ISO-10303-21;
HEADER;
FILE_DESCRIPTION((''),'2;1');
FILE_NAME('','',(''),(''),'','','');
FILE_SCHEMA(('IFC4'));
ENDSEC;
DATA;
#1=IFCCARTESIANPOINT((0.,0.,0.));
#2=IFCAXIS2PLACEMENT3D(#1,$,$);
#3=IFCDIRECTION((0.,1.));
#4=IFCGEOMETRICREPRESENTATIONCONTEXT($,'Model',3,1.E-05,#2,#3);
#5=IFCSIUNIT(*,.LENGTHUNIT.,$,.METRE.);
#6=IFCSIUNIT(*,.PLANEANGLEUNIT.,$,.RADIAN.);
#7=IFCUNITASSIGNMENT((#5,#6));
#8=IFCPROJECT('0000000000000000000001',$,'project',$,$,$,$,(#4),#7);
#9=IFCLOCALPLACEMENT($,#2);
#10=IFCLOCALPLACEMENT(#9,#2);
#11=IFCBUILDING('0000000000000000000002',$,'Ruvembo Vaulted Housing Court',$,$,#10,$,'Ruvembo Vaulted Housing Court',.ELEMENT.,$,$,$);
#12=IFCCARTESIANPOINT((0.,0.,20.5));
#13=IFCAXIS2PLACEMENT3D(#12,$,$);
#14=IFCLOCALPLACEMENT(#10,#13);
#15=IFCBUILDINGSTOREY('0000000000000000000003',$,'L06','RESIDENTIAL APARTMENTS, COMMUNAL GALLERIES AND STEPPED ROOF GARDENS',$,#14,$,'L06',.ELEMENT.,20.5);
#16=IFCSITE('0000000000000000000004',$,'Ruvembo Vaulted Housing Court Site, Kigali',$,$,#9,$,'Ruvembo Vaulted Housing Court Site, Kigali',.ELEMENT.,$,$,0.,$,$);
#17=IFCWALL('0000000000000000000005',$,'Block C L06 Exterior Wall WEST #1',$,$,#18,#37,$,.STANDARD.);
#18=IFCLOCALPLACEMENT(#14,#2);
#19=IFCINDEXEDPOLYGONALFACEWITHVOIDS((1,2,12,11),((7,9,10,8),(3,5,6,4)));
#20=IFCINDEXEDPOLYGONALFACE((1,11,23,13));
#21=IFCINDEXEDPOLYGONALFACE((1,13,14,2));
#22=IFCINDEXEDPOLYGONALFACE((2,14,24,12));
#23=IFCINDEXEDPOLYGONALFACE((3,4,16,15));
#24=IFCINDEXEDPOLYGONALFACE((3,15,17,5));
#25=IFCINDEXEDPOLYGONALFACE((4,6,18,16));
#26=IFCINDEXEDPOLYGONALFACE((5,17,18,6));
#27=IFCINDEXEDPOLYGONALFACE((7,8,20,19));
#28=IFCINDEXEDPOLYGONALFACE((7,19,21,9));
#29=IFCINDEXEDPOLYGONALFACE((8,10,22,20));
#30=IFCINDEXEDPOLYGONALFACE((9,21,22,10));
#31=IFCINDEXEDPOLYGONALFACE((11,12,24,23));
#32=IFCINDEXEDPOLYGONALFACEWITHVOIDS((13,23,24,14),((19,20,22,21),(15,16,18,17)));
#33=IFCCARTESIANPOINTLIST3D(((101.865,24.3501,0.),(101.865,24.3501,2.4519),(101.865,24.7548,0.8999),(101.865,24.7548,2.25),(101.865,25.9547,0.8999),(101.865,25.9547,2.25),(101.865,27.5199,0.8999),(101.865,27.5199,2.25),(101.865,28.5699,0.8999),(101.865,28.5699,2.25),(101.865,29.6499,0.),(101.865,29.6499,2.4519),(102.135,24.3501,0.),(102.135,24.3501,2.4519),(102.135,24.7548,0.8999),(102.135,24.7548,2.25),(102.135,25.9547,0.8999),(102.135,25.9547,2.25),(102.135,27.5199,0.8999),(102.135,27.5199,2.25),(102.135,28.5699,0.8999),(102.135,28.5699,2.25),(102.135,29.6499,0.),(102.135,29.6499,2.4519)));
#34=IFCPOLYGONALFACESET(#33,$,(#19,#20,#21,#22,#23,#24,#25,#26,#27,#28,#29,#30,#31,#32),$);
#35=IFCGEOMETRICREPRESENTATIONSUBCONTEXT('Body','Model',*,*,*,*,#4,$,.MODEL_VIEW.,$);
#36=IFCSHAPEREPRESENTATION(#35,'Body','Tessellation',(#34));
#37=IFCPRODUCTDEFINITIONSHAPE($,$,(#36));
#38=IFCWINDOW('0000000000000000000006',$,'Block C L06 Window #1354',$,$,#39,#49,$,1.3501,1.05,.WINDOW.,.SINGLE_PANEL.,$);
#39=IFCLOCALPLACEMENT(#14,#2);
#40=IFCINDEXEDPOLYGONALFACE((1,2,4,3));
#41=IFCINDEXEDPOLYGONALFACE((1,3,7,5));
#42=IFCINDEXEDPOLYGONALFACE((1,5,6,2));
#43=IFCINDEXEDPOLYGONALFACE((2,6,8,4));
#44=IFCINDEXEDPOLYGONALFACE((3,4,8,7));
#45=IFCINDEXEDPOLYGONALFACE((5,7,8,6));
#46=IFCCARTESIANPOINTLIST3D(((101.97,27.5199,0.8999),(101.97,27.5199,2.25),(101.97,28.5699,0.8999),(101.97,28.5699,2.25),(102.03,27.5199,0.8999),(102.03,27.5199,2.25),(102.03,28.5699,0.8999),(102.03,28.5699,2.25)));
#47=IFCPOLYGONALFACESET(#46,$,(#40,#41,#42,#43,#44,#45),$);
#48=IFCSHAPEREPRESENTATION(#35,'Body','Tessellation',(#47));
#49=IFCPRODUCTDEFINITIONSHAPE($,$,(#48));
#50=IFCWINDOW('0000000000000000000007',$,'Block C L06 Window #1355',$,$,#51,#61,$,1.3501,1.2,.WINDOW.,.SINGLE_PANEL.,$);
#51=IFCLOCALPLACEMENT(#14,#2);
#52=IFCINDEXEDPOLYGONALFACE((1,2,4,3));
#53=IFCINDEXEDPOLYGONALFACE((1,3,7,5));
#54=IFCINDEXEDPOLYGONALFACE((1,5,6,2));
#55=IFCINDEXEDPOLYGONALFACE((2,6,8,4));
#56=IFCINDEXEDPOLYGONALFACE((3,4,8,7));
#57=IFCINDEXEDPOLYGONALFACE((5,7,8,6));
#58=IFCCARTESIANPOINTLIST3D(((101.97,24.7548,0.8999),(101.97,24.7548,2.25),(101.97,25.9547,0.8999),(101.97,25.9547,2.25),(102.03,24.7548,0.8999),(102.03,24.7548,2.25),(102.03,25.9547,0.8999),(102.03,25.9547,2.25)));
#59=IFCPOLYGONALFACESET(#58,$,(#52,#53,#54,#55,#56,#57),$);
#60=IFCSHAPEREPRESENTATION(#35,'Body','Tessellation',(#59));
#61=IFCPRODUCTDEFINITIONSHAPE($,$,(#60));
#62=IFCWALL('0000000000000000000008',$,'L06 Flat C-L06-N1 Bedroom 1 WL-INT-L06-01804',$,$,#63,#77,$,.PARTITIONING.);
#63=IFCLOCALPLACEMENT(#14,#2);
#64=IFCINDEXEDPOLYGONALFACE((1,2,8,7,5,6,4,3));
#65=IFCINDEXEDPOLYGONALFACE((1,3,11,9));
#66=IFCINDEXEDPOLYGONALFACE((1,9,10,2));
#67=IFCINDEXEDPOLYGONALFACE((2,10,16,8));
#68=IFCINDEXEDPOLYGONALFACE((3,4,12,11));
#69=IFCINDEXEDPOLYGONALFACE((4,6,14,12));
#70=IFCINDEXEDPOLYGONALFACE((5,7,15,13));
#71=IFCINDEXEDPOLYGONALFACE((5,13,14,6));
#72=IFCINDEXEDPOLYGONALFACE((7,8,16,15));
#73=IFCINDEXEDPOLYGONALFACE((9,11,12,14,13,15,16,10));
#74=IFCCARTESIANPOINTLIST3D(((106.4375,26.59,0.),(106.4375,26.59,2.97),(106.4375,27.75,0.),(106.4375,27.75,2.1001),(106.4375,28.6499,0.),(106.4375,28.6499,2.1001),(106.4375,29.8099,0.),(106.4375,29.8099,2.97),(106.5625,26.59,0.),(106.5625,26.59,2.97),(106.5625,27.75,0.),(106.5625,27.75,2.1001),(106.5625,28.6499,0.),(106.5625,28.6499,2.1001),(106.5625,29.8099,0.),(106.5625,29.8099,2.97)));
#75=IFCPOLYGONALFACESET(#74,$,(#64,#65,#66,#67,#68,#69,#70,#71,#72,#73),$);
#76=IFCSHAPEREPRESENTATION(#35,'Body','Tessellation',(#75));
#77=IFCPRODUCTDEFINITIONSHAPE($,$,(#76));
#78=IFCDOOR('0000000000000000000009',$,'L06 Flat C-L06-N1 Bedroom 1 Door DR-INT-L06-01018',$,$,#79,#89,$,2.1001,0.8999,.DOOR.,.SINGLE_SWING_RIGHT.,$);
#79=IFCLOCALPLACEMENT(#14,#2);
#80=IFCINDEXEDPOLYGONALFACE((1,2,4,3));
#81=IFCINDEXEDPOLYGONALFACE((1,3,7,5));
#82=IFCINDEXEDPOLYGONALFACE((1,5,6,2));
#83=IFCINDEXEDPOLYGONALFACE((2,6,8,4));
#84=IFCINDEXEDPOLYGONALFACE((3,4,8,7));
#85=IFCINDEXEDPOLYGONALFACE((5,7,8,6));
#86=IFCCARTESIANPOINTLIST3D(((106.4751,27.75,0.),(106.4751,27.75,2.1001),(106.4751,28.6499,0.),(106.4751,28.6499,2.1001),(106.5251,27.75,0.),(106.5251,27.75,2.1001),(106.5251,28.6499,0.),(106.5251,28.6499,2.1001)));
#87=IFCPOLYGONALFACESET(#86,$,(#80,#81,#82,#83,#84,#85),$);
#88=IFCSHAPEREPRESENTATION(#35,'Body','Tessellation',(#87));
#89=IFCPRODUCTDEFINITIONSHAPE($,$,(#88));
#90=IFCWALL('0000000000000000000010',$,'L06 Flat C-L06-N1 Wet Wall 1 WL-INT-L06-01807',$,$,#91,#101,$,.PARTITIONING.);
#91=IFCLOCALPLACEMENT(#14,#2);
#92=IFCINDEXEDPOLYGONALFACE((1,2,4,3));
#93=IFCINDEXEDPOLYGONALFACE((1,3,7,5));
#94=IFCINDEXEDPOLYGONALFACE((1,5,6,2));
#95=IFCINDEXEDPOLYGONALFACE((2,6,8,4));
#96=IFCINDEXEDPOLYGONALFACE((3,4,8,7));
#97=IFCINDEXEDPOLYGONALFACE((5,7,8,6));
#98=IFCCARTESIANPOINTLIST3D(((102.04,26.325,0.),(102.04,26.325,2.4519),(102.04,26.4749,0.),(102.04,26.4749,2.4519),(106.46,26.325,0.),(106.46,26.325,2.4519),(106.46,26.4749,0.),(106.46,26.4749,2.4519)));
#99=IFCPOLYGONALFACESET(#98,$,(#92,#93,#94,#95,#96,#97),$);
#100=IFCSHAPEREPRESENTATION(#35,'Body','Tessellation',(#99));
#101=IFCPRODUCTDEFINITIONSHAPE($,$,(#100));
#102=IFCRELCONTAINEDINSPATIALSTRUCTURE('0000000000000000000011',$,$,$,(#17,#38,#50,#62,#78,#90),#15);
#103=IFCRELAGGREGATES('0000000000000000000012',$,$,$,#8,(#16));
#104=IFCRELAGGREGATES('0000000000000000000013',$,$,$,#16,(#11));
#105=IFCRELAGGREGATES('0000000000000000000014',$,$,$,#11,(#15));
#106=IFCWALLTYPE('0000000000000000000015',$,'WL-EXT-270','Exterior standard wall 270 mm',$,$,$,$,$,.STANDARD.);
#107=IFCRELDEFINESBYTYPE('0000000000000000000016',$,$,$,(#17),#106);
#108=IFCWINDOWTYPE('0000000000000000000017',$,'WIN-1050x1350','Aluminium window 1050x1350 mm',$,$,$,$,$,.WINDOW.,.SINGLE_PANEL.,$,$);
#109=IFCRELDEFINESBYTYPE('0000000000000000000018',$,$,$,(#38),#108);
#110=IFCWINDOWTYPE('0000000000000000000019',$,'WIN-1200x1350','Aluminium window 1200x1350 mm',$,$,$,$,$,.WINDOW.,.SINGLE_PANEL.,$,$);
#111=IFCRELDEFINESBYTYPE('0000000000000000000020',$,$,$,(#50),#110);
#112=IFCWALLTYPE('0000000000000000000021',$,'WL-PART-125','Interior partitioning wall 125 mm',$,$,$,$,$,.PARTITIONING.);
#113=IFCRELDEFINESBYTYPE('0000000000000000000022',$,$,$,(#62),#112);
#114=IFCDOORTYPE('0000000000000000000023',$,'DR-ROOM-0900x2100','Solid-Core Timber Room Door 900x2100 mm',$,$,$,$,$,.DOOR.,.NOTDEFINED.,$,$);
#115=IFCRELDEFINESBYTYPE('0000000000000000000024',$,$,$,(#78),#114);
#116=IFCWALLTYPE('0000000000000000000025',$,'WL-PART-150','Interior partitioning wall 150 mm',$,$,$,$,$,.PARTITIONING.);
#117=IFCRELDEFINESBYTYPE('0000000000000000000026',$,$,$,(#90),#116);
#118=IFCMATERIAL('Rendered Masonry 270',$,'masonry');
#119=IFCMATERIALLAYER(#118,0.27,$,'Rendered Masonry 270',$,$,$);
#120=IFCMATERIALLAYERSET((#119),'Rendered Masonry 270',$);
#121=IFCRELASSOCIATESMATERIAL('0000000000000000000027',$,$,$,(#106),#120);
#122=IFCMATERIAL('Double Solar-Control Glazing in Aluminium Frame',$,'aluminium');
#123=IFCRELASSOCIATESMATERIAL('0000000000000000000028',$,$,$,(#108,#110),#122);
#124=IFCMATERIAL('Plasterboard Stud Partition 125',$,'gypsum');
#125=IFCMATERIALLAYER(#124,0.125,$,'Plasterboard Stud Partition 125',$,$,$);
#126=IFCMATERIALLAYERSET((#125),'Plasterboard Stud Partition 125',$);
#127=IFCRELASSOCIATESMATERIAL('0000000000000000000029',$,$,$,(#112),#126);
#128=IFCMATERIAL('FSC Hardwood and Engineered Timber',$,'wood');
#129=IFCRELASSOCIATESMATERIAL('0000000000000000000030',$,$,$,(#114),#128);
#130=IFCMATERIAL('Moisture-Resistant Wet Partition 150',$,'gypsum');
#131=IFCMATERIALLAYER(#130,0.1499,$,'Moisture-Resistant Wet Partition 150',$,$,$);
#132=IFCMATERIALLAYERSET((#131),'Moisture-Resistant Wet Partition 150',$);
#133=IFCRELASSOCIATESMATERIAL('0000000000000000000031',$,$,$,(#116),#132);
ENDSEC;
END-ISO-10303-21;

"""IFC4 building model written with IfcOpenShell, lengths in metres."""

from ifc_helpers import new_model, si_unit, direction, frame, frame_2d, origin, place, context, subcontext, project, spatial, rectangle, extrude, material, layer, layer_set, type_object, element, fill, save


model = new_model("IFC4")

# Units and contexts
model_context = context("Model", 3, precision=1e-05, world=origin(), true_north=direction((0.0, 1.0)))
body_context = subcontext(model_context, "Body", "Model", "MODEL_VIEW")
ifc_project = project(units=[si_unit("LENGTHUNIT", "METRE"), si_unit("PLANEANGLEUNIT", "RADIAN")], contexts=[model_context])

# Site, building, storey
site_placement = place(None, origin())
site = spatial("IfcSite", under=ifc_project, at=site_placement, Name="Ruvembo Vaulted Housing Court Site, Kigali", LongName="Ruvembo Vaulted Housing Court Site, Kigali", CompositionType="ELEMENT", RefElevation=0.0)
building_placement = place(site_placement, origin())
building = spatial("IfcBuilding", under=site, at=building_placement, Name="Ruvembo Vaulted Housing Court", LongName="Ruvembo Vaulted Housing Court", CompositionType="ELEMENT")
storey_placement = place(building_placement, frame((0.0, 0.0, 20.5)))
storey = spatial("IfcBuildingStorey", under=building, at=storey_placement, Name="L06", Description="RESIDENTIAL APARTMENTS, COMMUNAL GALLERIES AND STEPPED ROOF GARDENS", LongName="L06", CompositionType="ELEMENT", Elevation=20.5)

# Wall, openings, windows
ifc_material_1 = material(Name="Rendered Masonry 270", Category="masonry")
ifc_layer_1 = layer(ifc_material_1, 0.27, Name="Rendered Masonry 270")
ifc_layer_set_1 = layer_set([ifc_layer_1], Name="Rendered Masonry 270")
wall_type_1 = type_object("IfcWallType", Name="WL-EXT-270", Description="Exterior standard wall 270 mm", PredefinedType="STANDARD", material=ifc_layer_set_1)
ifc_material_2 = material(Name="Double Solar-Control Glazing in Aluminium Frame", Category="aluminium")
wall_1_placement = place(storey_placement, frame((102.0, 29.6499, 0.0), z_axis=(0.0, 0.0, 1.0), x_axis=(0.0, -1.0, 0.0)))
wall_1 = element("IfcWall", 1, at=wall_1_placement, inside=storey, type_object=wall_type_1, Name="Block C L06 Exterior Wall WEST #1", PredefinedType="STANDARD", context=body_context, shape_type="SweptSolid", body=[
    extrude(rectangle(XDim=5.2998, YDim=0.27, at=frame_2d((2.6499, 0.0))), origin(), (0.0, 0.0, 1.0), 2.4519),
])
opening_1_placement = place(wall_1_placement, frame((1.0801, 0.0, 0.8999)))
opening_1 = element("IfcOpeningElement", 2, at=opening_1_placement, cuts=wall_1, PredefinedType="OPENING", context=body_context, shape_type="SweptSolid", body=[
    extrude(rectangle(XDim=1.05, YDim=1.3501, at=frame_2d((0.5249, 0.675))), frame((0.0, 0.145, 0.0), z_axis=(0.0, -1.0, 0.0), x_axis=(1.0, 0.0, 0.0)), (0.0, 0.0, 1.0), 0.29),
])
opening_2_placement = place(wall_1_placement, frame((3.6951, 0.0, 0.8999)))
opening_2 = element("IfcOpeningElement", 3, at=opening_2_placement, cuts=wall_1, PredefinedType="OPENING", context=body_context, shape_type="SweptSolid", body=[
    extrude(rectangle(XDim=1.2, YDim=1.3501, at=frame_2d((0.6001, 0.675))), frame((0.0, 0.145, 0.0), z_axis=(0.0, -1.0, 0.0), x_axis=(1.0, 0.0, 0.0)), (0.0, 0.0, 1.0), 0.29),
])
window_type_1 = type_object("IfcWindowType", Name="WIN-1050x1350", Description="Aluminium window 1050x1350 mm", PartitioningType="SINGLE_PANEL", PredefinedType="WINDOW", material=ifc_material_2)
window_1_placement = place(opening_1_placement, origin())
window_1 = element("IfcWindow", 4, at=window_1_placement, inside=storey, type_object=window_type_1, Name="Block C L06 Window #1354", OverallHeight=1.3501, OverallWidth=1.05, PartitioningType="SINGLE_PANEL", PredefinedType="WINDOW", context=body_context, shape_type="SweptSolid", body=[
    extrude(rectangle(XDim=1.05, YDim=1.3501, at=frame_2d((0.5249, 0.675))), frame((0.0, 0.03, 0.0), z_axis=(0.0, -1.0, 0.0), x_axis=(1.0, 0.0, 0.0)), (0.0, 0.0, 1.0), 0.0601),
])
fill(opening_1, window_1)
window_type_2 = type_object("IfcWindowType", Name="WIN-1200x1350", Description="Aluminium window 1200x1350 mm", PartitioningType="SINGLE_PANEL", PredefinedType="WINDOW", material=ifc_material_2)
window_2_placement = place(opening_2_placement, origin())
window_2 = element("IfcWindow", 5, at=window_2_placement, inside=storey, type_object=window_type_2, Name="Block C L06 Window #1355", OverallHeight=1.3501, OverallWidth=1.2, PartitioningType="SINGLE_PANEL", PredefinedType="WINDOW", context=body_context, shape_type="SweptSolid", body=[
    extrude(rectangle(XDim=1.2, YDim=1.3501, at=frame_2d((0.6001, 0.675))), frame((0.0, 0.03, 0.0), z_axis=(0.0, -1.0, 0.0), x_axis=(1.0, 0.0, 0.0)), (0.0, 0.0, 1.0), 0.0601),
])
fill(opening_2, window_2)

# Wall, opening, door
ifc_material_3 = material(Name="Plasterboard Stud Partition 125", Category="gypsum")
ifc_layer_2 = layer(ifc_material_3, 0.125, Name="Plasterboard Stud Partition 125")
ifc_layer_set_2 = layer_set([ifc_layer_2], Name="Plasterboard Stud Partition 125")
wall_type_2 = type_object("IfcWallType", Name="WL-PART-125", Description="Interior partitioning wall 125 mm", PredefinedType="PARTITIONING", material=ifc_layer_set_2)
wall_2_placement = place(storey_placement, frame((106.5, 26.5901, 0.0), z_axis=(0.0, 0.0, 1.0), x_axis=(0.0, 1.0, 0.0)))
wall_2 = element("IfcWall", 6, at=wall_2_placement, inside=storey, type_object=wall_type_2, Name="L06 Flat C-L06-N1 Bedroom 1 WL-INT-L06-01804", PredefinedType="PARTITIONING", context=body_context, shape_type="SweptSolid", body=[
    extrude(rectangle(XDim=3.22, YDim=0.125, at=frame_2d((1.6099, 0.0))), origin(), (0.0, 0.0, 1.0), 2.97),
])
opening_3_placement = place(wall_2_placement, frame((1.1599, 0.0, 0.0)))
opening_3 = element("IfcOpeningElement", 7, at=opening_3_placement, cuts=wall_2, PredefinedType="OPENING", context=body_context, shape_type="SweptSolid", body=[
    extrude(rectangle(XDim=0.8999, YDim=2.1001, at=frame_2d((0.45, 1.05))), frame((0.0, 0.0725, 0.0), z_axis=(0.0, -1.0, 0.0), x_axis=(1.0, 0.0, 0.0)), (0.0, 0.0, 1.0), 0.145),
])
ifc_material_4 = material(Name="FSC Hardwood and Engineered Timber", Category="wood")
door_type = type_object("IfcDoorType", Name="DR-ROOM-0900x2100", Description="Solid-Core Timber Room Door 900x2100 mm", OperationType="NOTDEFINED", PredefinedType="DOOR", material=ifc_material_4)
door_placement = place(opening_3_placement, origin())
door = element("IfcDoor", 8, at=door_placement, inside=storey, type_object=door_type, Name="L06 Flat C-L06-N1 Bedroom 1 Door DR-INT-L06-01018", OperationType="SINGLE_SWING_RIGHT", OverallHeight=2.1001, OverallWidth=0.8999, PredefinedType="DOOR", context=body_context, shape_type="SweptSolid", body=[
    extrude(rectangle(XDim=0.8999, YDim=2.1001, at=frame_2d((0.45, 1.05))), frame((0.0, 0.0249, 0.0), z_axis=(0.0, -1.0, 0.0), x_axis=(1.0, 0.0, 0.0)), (0.0, 0.0, 1.0), 0.05),
])
fill(opening_3, door)

# Wall
ifc_material_5 = material(Name="Moisture-Resistant Wet Partition 150", Category="gypsum")
ifc_layer_3 = layer(ifc_material_5, 0.1499, Name="Moisture-Resistant Wet Partition 150")
ifc_layer_set_3 = layer_set([ifc_layer_3], Name="Moisture-Resistant Wet Partition 150")
wall_type_3 = type_object("IfcWallType", Name="WL-PART-150", Description="Interior partitioning wall 150 mm", PredefinedType="PARTITIONING", material=ifc_layer_set_3)
wall_3_placement = place(storey_placement, frame((102.04, 26.3999, 0.0), z_axis=(0.0, 0.0, 1.0), x_axis=(1.0, 0.0, 0.0)))
element("IfcWall", 9, at=wall_3_placement, inside=storey, type_object=wall_type_3, Name="L06 Flat C-L06-N1 Wet Wall 1 WL-INT-L06-01807", PredefinedType="PARTITIONING", context=body_context, shape_type="SweptSolid", body=[
    extrude(rectangle(XDim=4.4199, YDim=0.1499, at=frame_2d((2.21, 0.0))), origin(), (0.0, 0.0, 1.0), 2.4519),
])

save(model, "model.ifc")
